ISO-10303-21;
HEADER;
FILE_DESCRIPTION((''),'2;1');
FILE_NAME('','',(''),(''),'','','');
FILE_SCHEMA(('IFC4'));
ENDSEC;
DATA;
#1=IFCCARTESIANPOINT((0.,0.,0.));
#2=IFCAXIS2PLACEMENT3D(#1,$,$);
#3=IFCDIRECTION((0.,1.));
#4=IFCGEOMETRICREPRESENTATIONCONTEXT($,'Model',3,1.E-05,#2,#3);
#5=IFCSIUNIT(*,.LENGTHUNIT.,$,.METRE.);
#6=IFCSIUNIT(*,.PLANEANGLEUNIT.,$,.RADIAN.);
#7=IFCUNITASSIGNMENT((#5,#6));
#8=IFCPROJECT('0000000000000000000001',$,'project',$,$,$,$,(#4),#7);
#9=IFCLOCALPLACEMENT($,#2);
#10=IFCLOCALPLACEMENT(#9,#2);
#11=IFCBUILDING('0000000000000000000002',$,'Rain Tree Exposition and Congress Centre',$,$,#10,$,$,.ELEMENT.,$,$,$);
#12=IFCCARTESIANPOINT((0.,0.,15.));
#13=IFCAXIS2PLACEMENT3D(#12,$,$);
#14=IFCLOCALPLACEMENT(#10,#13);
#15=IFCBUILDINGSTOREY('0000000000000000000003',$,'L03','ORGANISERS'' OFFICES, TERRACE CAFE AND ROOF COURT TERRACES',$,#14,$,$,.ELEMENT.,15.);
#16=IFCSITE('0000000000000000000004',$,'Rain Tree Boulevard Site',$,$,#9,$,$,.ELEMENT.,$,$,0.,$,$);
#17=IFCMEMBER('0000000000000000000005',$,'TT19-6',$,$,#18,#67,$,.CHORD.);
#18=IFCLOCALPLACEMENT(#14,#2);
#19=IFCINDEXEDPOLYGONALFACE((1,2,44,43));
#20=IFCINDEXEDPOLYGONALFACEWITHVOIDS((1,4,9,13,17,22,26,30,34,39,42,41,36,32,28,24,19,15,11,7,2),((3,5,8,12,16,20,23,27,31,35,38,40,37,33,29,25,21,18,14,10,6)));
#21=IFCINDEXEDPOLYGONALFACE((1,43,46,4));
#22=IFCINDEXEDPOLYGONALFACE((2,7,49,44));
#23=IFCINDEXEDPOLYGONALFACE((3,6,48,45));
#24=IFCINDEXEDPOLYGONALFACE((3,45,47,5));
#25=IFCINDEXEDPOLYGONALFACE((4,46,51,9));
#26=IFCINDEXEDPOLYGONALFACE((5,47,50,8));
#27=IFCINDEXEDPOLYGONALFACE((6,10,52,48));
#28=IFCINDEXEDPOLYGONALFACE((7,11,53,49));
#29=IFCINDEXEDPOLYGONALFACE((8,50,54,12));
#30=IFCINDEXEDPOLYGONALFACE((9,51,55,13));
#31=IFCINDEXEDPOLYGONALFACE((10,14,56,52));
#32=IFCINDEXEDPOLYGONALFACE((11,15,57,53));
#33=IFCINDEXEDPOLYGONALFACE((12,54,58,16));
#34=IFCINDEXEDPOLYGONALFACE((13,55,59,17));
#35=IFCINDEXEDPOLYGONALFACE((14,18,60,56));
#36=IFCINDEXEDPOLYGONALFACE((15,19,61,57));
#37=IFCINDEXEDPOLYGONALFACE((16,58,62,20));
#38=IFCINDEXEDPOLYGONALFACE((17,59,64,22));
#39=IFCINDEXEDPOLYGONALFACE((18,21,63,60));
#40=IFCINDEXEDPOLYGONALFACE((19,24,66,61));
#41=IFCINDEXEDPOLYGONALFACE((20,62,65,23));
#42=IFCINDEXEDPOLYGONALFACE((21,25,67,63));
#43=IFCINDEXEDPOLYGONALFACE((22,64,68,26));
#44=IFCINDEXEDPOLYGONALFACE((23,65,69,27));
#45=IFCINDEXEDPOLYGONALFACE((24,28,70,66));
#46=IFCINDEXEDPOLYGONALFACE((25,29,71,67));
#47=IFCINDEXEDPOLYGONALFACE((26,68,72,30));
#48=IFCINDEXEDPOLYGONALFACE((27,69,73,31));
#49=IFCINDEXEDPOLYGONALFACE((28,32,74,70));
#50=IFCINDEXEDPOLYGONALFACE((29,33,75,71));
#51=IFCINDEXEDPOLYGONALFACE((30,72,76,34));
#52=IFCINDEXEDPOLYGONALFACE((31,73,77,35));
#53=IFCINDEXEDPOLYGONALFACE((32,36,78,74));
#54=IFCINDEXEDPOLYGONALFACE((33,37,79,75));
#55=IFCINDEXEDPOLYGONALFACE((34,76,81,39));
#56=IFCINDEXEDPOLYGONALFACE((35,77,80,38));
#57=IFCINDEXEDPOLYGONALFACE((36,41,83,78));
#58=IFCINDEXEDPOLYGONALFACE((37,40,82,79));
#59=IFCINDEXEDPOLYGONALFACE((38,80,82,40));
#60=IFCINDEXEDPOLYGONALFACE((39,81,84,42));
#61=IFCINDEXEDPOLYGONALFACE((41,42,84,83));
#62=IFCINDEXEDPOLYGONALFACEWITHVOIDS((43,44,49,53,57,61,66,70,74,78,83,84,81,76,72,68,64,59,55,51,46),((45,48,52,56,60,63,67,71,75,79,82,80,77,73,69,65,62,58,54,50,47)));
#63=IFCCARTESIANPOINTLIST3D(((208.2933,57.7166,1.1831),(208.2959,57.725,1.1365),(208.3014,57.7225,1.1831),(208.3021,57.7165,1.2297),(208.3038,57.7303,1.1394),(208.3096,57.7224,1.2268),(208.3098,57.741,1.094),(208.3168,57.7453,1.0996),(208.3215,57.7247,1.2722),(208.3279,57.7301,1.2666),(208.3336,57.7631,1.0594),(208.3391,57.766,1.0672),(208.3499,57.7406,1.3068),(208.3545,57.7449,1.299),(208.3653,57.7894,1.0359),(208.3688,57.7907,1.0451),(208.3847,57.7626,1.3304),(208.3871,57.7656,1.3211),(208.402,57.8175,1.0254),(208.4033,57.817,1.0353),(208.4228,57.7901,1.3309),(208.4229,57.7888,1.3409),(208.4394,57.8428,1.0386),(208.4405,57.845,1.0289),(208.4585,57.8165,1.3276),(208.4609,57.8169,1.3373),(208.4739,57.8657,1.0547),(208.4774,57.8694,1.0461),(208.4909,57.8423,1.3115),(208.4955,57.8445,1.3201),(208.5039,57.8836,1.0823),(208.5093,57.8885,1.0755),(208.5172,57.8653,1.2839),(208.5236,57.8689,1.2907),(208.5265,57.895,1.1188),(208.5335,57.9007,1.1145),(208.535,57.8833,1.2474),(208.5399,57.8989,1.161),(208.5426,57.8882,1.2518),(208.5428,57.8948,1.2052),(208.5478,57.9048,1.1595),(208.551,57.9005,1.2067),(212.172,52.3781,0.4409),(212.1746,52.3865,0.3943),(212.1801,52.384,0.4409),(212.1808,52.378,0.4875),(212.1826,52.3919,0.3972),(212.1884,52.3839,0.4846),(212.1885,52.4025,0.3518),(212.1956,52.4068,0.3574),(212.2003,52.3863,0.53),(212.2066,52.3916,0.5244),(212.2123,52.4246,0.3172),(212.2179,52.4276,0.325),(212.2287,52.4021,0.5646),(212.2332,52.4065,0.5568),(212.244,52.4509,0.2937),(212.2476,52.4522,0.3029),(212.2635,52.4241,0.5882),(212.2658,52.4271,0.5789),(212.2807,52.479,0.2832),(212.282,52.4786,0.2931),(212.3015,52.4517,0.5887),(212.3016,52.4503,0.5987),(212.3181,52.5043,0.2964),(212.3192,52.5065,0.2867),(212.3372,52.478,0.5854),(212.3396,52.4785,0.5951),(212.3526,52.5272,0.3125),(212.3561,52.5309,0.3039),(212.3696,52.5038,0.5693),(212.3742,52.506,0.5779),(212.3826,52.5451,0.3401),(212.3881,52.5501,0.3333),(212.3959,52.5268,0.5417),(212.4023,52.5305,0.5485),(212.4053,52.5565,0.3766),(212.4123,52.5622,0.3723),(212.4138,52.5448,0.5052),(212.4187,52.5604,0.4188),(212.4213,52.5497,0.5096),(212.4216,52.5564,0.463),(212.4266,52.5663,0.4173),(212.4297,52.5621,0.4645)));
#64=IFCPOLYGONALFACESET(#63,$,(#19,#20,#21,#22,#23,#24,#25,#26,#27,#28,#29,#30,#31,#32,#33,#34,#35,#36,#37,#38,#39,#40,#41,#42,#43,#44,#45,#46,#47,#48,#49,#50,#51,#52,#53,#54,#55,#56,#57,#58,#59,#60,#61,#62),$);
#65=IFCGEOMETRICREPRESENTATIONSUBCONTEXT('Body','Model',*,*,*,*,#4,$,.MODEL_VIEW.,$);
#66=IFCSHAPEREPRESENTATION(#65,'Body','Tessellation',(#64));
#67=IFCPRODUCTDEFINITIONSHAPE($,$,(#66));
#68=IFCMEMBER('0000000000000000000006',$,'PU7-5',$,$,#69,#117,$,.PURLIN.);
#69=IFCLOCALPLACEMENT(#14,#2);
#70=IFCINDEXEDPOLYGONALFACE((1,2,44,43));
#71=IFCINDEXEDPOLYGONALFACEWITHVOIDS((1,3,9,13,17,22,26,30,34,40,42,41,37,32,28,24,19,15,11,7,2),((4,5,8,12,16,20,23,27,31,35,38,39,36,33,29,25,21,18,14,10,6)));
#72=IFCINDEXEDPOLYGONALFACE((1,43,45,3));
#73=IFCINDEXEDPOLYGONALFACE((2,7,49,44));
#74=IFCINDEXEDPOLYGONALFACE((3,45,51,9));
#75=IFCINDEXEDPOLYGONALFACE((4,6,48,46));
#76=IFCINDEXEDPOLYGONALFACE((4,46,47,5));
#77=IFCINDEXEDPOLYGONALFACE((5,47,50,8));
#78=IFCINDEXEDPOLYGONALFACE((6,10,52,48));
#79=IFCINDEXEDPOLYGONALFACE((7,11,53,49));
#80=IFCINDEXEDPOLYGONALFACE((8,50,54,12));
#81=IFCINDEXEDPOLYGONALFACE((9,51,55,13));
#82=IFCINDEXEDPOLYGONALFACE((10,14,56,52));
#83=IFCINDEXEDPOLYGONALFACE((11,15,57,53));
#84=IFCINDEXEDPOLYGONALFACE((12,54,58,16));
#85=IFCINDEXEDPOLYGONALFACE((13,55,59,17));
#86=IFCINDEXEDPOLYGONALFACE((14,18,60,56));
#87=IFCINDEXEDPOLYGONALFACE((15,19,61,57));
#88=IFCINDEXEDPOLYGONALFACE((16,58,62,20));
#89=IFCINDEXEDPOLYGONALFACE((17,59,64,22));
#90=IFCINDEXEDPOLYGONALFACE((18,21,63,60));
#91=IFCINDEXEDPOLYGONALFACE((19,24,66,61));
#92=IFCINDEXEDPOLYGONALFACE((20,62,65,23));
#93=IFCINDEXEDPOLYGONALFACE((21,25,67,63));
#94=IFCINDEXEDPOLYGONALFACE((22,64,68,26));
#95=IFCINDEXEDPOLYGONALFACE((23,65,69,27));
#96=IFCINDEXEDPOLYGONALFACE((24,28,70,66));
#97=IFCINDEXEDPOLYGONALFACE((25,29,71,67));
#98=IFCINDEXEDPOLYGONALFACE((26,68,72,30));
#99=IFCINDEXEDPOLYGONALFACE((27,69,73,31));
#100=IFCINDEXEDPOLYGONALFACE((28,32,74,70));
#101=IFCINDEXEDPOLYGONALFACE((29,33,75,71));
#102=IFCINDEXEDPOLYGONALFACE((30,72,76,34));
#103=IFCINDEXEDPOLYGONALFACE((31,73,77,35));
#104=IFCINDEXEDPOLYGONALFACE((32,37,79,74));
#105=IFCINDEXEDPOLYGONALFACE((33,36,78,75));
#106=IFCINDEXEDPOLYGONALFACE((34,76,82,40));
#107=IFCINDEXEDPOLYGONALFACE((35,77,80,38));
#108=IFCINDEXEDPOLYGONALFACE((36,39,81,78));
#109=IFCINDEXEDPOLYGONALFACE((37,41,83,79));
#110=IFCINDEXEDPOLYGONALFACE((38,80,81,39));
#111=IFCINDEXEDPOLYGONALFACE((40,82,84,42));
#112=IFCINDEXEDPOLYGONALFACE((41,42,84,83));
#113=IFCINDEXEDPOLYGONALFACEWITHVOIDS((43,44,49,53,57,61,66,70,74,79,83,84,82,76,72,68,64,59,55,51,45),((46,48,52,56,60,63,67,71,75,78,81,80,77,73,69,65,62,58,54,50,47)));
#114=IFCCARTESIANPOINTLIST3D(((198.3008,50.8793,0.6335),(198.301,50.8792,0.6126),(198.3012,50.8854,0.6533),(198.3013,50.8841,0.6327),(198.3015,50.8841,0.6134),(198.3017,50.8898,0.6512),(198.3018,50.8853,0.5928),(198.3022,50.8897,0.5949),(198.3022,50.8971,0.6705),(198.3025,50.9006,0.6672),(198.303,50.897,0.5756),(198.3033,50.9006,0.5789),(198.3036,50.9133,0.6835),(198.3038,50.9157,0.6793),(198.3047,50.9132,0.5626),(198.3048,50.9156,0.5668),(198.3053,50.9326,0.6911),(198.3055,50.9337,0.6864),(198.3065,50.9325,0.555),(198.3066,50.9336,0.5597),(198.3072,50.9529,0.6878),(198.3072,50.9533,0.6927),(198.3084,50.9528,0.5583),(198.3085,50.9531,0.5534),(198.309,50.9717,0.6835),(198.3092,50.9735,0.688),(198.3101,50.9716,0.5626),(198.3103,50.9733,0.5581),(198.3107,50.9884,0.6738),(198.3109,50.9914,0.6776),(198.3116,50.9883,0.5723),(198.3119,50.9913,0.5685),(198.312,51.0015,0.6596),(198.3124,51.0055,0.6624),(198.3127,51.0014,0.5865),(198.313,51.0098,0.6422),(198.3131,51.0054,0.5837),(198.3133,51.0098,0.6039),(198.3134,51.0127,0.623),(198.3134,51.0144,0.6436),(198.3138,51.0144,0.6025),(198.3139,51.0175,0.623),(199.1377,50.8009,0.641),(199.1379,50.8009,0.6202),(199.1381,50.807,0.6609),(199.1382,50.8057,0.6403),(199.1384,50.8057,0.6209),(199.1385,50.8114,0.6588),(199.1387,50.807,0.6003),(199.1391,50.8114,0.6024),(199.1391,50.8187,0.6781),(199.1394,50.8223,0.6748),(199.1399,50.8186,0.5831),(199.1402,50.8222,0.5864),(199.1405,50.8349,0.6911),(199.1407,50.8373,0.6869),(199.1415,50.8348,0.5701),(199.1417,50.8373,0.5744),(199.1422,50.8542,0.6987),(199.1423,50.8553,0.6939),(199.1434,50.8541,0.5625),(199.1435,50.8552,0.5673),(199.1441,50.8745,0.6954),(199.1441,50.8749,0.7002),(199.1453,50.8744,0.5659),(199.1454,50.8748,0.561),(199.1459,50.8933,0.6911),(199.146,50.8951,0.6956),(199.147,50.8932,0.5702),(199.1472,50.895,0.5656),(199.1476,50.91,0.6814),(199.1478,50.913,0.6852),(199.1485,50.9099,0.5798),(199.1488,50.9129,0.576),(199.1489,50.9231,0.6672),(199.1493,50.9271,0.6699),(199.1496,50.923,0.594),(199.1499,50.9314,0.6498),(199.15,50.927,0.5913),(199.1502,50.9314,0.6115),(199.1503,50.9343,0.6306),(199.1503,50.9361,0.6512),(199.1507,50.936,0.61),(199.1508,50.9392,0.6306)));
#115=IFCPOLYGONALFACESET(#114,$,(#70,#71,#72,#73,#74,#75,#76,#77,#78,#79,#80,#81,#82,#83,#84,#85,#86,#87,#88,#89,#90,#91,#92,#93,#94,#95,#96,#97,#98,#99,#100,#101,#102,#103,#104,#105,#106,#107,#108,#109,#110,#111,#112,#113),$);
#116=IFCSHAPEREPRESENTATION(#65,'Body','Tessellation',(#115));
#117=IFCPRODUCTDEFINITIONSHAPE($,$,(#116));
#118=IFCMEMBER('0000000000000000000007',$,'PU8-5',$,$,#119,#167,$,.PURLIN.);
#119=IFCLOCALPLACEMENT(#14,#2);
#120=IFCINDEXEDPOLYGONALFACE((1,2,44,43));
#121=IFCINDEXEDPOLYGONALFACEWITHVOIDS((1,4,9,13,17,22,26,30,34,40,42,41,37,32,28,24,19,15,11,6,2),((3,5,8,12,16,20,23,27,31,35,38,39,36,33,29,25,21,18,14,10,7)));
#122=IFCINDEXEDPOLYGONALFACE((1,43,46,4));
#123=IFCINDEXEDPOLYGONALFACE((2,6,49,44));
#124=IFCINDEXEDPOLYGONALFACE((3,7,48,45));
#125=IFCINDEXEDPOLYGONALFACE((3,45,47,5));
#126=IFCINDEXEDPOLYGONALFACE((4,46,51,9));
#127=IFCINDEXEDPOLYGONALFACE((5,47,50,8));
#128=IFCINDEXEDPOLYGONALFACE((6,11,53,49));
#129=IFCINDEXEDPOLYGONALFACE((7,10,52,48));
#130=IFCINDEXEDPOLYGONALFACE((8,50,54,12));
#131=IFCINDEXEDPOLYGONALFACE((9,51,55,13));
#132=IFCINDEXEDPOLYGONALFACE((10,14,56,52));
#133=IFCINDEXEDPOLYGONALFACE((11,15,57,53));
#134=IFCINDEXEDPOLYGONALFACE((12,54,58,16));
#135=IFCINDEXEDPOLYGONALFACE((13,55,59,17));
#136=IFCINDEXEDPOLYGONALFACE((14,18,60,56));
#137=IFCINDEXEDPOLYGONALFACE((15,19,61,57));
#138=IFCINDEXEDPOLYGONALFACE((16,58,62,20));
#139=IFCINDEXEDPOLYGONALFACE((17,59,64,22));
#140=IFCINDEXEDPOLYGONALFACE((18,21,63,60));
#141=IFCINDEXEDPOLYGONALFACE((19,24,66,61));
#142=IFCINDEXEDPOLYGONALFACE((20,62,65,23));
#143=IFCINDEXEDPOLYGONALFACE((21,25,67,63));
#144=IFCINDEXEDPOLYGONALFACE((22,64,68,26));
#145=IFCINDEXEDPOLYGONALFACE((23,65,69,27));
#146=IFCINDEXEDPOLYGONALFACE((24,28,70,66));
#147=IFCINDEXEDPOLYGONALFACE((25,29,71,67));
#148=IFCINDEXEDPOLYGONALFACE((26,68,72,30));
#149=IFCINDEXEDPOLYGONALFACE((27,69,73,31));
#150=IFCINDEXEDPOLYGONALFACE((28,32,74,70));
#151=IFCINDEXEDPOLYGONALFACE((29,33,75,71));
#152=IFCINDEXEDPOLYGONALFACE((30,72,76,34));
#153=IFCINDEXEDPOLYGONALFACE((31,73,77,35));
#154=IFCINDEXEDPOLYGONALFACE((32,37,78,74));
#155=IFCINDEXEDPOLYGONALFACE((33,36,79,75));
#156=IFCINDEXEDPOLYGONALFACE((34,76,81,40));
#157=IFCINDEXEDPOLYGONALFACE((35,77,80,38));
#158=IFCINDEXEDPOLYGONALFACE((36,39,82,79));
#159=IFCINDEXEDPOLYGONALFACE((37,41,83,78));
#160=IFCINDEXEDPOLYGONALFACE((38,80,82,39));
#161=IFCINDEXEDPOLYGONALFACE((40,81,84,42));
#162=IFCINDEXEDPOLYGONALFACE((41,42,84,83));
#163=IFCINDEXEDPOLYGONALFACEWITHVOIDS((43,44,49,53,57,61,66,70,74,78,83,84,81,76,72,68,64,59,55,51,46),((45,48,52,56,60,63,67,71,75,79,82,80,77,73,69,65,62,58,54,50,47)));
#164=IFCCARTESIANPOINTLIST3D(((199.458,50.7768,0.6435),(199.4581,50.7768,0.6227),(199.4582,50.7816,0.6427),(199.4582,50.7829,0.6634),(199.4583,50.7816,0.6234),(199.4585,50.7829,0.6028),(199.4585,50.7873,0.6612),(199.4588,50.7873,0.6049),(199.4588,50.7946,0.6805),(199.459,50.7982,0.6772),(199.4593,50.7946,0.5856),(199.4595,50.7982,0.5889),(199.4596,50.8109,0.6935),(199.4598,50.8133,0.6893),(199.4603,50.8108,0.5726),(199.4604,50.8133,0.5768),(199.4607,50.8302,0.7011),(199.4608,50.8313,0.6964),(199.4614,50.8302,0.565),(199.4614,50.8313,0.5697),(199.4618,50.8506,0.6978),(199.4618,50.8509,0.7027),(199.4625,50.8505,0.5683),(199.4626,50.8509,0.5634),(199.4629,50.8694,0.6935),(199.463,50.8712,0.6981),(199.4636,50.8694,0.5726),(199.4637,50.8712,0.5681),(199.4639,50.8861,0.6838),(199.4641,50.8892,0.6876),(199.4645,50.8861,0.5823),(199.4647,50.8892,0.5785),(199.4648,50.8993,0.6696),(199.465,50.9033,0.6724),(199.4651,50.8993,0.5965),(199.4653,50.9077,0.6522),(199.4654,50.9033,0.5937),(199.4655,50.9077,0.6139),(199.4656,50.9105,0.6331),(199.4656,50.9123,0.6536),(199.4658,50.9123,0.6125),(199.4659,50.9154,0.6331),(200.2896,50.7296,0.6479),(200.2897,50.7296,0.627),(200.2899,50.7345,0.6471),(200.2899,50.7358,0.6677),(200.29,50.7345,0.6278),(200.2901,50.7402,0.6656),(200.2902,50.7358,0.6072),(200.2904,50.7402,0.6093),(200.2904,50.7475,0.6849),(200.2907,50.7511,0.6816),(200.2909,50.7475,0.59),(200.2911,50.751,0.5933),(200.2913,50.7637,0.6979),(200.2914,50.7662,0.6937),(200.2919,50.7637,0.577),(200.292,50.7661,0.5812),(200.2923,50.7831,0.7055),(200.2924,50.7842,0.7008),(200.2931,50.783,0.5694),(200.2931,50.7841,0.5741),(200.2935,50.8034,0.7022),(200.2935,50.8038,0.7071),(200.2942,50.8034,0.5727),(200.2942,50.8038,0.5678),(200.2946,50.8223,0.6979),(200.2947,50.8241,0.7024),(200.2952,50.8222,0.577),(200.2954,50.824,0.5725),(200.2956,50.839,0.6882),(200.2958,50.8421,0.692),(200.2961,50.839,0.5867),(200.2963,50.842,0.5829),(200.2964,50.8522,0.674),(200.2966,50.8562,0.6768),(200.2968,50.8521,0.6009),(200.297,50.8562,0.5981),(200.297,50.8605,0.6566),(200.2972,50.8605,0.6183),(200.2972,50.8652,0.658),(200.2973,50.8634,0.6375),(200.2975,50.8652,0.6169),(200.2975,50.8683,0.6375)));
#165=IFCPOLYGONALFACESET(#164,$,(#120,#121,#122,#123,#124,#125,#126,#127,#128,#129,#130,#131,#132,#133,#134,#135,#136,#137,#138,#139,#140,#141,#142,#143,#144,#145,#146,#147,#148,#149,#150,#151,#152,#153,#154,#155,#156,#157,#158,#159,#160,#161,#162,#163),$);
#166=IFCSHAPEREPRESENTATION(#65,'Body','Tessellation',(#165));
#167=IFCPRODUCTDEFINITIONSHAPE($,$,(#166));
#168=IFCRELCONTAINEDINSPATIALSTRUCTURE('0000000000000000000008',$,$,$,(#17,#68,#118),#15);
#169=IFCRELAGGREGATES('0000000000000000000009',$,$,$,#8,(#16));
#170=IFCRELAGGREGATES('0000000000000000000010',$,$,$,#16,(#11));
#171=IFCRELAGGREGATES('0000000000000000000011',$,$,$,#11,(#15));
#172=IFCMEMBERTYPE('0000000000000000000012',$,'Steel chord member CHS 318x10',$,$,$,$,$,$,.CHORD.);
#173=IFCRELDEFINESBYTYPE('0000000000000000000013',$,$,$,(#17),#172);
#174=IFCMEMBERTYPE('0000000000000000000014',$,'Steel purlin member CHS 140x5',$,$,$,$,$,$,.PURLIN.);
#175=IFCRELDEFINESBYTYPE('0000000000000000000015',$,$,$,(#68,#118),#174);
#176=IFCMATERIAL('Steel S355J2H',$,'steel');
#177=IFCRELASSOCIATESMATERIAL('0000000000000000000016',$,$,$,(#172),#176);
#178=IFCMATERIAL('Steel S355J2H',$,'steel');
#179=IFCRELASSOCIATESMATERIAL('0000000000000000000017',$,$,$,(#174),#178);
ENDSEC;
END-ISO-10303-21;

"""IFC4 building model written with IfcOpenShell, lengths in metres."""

from ifc_helpers import new_model, si_unit, direction, frame, origin, origin_2d, place, context, subcontext, project, spatial, hollow_circle, extrude, material, material_profile, profile_set, type_object, element, save


model = new_model("IFC4")

# Units and contexts
model_context = context("Model", 3, precision=1e-05, world=origin(), true_north=direction((0.0, 1.0)))
body_context = subcontext(model_context, "Body", "Model", "MODEL_VIEW")
ifc_project = project(units=[si_unit("LENGTHUNIT", "METRE"), si_unit("PLANEANGLEUNIT", "RADIAN")], contexts=[model_context])

# Site, building, storey
site_placement = place(None, origin())
site = spatial("IfcSite", under=ifc_project, at=site_placement, Name="Rain Tree Boulevard Site", CompositionType="ELEMENT", RefElevation=0.0)
building_placement = place(site_placement, origin())
building = spatial("IfcBuilding", under=site, at=building_placement, Name="Rain Tree Exposition and Congress Centre", CompositionType="ELEMENT")
storey_placement = place(building_placement, frame((0.0, 0.0, 15.0)))
storey = spatial("IfcBuildingStorey", under=building, at=storey_placement, Name="L03", Description="ORGANISERS' OFFICES, TERRACE CAFE AND ROOF COURT TERRACES", CompositionType="ELEMENT", Elevation=15.0)

# Members
ifc_material_1 = material(Name="Steel S355J2H", Category="steel")
ifc_material_profile_1 = material_profile(ifc_material_1, hollow_circle(Radius=0.1592, WallThickness=0.01, at=origin_2d()), Name="CHS 318x10")
ifc_profile_set_1 = profile_set([ifc_material_profile_1], Name="Steel S355J2H")
member_type_1 = type_object("IfcMemberType", Name="Steel chord member CHS 318x10", PredefinedType="CHORD", material=ifc_profile_set_1)
member_1_placement = place(storey_placement, frame((212.3008, 52.4717, 0.4409), z_axis=(-0.584112, 0.80394, 0.111771), x_axis=(-0.80901, -0.587795, 0.0)))
element("IfcMember", 1, at=member_1_placement, inside=storey, type_object=member_type_1, Name="TT19-6", PredefinedType="CHORD", context=body_context, shape_type="SweptSolid", body=[
    extrude(hollow_circle(Radius=0.1592, WallThickness=0.01, at=origin_2d()), origin(), (0.0, 0.0, 1.0), 6.6404),
])
ifc_material_2 = material(Name="Steel S355J2H", Category="steel")
ifc_material_profile_2 = material_profile(ifc_material_2, hollow_circle(Radius=0.0698, WallThickness=0.0049, at=origin_2d()), Name="CHS 140x5")
ifc_profile_set_2 = profile_set([ifc_material_profile_2], Name="Steel S355J2H")
member_type_2 = type_object("IfcMemberType", Name="Steel purlin member CHS 140x5", PredefinedType="PURLIN", material=ifc_profile_set_2)
member_2_placement = place(storey_placement, frame((198.3074, 50.948, 0.623), z_axis=(0.995604, -0.093229, 0.009003), x_axis=(0.093233, 0.995644, 0.0)))
element("IfcMember", 2, at=member_2_placement, inside=storey, type_object=member_type_2, Name="PU7-5", PredefinedType="PURLIN", context=body_context, shape_type="SweptSolid", body=[
    extrude(hollow_circle(Radius=0.0698, WallThickness=0.0049, at=origin_2d()), origin(), (0.0, 0.0, 1.0), 0.8406),
])
member_3_placement = place(storey_placement, frame((199.4619, 50.8457, 0.6331), z_axis=(0.998385, -0.056573, 0.005276), x_axis=(0.056574, 0.998398, 0.0)))
element("IfcMember", 3, at=member_3_placement, inside=storey, type_object=member_type_2, Name="PU8-5", PredefinedType="PURLIN", context=body_context, shape_type="SweptSolid", body=[
    extrude(hollow_circle(Radius=0.0698, WallThickness=0.0049, at=origin_2d()), origin(), (0.0, 0.0, 1.0), 0.833),
])

save(model, "model.ifc")
